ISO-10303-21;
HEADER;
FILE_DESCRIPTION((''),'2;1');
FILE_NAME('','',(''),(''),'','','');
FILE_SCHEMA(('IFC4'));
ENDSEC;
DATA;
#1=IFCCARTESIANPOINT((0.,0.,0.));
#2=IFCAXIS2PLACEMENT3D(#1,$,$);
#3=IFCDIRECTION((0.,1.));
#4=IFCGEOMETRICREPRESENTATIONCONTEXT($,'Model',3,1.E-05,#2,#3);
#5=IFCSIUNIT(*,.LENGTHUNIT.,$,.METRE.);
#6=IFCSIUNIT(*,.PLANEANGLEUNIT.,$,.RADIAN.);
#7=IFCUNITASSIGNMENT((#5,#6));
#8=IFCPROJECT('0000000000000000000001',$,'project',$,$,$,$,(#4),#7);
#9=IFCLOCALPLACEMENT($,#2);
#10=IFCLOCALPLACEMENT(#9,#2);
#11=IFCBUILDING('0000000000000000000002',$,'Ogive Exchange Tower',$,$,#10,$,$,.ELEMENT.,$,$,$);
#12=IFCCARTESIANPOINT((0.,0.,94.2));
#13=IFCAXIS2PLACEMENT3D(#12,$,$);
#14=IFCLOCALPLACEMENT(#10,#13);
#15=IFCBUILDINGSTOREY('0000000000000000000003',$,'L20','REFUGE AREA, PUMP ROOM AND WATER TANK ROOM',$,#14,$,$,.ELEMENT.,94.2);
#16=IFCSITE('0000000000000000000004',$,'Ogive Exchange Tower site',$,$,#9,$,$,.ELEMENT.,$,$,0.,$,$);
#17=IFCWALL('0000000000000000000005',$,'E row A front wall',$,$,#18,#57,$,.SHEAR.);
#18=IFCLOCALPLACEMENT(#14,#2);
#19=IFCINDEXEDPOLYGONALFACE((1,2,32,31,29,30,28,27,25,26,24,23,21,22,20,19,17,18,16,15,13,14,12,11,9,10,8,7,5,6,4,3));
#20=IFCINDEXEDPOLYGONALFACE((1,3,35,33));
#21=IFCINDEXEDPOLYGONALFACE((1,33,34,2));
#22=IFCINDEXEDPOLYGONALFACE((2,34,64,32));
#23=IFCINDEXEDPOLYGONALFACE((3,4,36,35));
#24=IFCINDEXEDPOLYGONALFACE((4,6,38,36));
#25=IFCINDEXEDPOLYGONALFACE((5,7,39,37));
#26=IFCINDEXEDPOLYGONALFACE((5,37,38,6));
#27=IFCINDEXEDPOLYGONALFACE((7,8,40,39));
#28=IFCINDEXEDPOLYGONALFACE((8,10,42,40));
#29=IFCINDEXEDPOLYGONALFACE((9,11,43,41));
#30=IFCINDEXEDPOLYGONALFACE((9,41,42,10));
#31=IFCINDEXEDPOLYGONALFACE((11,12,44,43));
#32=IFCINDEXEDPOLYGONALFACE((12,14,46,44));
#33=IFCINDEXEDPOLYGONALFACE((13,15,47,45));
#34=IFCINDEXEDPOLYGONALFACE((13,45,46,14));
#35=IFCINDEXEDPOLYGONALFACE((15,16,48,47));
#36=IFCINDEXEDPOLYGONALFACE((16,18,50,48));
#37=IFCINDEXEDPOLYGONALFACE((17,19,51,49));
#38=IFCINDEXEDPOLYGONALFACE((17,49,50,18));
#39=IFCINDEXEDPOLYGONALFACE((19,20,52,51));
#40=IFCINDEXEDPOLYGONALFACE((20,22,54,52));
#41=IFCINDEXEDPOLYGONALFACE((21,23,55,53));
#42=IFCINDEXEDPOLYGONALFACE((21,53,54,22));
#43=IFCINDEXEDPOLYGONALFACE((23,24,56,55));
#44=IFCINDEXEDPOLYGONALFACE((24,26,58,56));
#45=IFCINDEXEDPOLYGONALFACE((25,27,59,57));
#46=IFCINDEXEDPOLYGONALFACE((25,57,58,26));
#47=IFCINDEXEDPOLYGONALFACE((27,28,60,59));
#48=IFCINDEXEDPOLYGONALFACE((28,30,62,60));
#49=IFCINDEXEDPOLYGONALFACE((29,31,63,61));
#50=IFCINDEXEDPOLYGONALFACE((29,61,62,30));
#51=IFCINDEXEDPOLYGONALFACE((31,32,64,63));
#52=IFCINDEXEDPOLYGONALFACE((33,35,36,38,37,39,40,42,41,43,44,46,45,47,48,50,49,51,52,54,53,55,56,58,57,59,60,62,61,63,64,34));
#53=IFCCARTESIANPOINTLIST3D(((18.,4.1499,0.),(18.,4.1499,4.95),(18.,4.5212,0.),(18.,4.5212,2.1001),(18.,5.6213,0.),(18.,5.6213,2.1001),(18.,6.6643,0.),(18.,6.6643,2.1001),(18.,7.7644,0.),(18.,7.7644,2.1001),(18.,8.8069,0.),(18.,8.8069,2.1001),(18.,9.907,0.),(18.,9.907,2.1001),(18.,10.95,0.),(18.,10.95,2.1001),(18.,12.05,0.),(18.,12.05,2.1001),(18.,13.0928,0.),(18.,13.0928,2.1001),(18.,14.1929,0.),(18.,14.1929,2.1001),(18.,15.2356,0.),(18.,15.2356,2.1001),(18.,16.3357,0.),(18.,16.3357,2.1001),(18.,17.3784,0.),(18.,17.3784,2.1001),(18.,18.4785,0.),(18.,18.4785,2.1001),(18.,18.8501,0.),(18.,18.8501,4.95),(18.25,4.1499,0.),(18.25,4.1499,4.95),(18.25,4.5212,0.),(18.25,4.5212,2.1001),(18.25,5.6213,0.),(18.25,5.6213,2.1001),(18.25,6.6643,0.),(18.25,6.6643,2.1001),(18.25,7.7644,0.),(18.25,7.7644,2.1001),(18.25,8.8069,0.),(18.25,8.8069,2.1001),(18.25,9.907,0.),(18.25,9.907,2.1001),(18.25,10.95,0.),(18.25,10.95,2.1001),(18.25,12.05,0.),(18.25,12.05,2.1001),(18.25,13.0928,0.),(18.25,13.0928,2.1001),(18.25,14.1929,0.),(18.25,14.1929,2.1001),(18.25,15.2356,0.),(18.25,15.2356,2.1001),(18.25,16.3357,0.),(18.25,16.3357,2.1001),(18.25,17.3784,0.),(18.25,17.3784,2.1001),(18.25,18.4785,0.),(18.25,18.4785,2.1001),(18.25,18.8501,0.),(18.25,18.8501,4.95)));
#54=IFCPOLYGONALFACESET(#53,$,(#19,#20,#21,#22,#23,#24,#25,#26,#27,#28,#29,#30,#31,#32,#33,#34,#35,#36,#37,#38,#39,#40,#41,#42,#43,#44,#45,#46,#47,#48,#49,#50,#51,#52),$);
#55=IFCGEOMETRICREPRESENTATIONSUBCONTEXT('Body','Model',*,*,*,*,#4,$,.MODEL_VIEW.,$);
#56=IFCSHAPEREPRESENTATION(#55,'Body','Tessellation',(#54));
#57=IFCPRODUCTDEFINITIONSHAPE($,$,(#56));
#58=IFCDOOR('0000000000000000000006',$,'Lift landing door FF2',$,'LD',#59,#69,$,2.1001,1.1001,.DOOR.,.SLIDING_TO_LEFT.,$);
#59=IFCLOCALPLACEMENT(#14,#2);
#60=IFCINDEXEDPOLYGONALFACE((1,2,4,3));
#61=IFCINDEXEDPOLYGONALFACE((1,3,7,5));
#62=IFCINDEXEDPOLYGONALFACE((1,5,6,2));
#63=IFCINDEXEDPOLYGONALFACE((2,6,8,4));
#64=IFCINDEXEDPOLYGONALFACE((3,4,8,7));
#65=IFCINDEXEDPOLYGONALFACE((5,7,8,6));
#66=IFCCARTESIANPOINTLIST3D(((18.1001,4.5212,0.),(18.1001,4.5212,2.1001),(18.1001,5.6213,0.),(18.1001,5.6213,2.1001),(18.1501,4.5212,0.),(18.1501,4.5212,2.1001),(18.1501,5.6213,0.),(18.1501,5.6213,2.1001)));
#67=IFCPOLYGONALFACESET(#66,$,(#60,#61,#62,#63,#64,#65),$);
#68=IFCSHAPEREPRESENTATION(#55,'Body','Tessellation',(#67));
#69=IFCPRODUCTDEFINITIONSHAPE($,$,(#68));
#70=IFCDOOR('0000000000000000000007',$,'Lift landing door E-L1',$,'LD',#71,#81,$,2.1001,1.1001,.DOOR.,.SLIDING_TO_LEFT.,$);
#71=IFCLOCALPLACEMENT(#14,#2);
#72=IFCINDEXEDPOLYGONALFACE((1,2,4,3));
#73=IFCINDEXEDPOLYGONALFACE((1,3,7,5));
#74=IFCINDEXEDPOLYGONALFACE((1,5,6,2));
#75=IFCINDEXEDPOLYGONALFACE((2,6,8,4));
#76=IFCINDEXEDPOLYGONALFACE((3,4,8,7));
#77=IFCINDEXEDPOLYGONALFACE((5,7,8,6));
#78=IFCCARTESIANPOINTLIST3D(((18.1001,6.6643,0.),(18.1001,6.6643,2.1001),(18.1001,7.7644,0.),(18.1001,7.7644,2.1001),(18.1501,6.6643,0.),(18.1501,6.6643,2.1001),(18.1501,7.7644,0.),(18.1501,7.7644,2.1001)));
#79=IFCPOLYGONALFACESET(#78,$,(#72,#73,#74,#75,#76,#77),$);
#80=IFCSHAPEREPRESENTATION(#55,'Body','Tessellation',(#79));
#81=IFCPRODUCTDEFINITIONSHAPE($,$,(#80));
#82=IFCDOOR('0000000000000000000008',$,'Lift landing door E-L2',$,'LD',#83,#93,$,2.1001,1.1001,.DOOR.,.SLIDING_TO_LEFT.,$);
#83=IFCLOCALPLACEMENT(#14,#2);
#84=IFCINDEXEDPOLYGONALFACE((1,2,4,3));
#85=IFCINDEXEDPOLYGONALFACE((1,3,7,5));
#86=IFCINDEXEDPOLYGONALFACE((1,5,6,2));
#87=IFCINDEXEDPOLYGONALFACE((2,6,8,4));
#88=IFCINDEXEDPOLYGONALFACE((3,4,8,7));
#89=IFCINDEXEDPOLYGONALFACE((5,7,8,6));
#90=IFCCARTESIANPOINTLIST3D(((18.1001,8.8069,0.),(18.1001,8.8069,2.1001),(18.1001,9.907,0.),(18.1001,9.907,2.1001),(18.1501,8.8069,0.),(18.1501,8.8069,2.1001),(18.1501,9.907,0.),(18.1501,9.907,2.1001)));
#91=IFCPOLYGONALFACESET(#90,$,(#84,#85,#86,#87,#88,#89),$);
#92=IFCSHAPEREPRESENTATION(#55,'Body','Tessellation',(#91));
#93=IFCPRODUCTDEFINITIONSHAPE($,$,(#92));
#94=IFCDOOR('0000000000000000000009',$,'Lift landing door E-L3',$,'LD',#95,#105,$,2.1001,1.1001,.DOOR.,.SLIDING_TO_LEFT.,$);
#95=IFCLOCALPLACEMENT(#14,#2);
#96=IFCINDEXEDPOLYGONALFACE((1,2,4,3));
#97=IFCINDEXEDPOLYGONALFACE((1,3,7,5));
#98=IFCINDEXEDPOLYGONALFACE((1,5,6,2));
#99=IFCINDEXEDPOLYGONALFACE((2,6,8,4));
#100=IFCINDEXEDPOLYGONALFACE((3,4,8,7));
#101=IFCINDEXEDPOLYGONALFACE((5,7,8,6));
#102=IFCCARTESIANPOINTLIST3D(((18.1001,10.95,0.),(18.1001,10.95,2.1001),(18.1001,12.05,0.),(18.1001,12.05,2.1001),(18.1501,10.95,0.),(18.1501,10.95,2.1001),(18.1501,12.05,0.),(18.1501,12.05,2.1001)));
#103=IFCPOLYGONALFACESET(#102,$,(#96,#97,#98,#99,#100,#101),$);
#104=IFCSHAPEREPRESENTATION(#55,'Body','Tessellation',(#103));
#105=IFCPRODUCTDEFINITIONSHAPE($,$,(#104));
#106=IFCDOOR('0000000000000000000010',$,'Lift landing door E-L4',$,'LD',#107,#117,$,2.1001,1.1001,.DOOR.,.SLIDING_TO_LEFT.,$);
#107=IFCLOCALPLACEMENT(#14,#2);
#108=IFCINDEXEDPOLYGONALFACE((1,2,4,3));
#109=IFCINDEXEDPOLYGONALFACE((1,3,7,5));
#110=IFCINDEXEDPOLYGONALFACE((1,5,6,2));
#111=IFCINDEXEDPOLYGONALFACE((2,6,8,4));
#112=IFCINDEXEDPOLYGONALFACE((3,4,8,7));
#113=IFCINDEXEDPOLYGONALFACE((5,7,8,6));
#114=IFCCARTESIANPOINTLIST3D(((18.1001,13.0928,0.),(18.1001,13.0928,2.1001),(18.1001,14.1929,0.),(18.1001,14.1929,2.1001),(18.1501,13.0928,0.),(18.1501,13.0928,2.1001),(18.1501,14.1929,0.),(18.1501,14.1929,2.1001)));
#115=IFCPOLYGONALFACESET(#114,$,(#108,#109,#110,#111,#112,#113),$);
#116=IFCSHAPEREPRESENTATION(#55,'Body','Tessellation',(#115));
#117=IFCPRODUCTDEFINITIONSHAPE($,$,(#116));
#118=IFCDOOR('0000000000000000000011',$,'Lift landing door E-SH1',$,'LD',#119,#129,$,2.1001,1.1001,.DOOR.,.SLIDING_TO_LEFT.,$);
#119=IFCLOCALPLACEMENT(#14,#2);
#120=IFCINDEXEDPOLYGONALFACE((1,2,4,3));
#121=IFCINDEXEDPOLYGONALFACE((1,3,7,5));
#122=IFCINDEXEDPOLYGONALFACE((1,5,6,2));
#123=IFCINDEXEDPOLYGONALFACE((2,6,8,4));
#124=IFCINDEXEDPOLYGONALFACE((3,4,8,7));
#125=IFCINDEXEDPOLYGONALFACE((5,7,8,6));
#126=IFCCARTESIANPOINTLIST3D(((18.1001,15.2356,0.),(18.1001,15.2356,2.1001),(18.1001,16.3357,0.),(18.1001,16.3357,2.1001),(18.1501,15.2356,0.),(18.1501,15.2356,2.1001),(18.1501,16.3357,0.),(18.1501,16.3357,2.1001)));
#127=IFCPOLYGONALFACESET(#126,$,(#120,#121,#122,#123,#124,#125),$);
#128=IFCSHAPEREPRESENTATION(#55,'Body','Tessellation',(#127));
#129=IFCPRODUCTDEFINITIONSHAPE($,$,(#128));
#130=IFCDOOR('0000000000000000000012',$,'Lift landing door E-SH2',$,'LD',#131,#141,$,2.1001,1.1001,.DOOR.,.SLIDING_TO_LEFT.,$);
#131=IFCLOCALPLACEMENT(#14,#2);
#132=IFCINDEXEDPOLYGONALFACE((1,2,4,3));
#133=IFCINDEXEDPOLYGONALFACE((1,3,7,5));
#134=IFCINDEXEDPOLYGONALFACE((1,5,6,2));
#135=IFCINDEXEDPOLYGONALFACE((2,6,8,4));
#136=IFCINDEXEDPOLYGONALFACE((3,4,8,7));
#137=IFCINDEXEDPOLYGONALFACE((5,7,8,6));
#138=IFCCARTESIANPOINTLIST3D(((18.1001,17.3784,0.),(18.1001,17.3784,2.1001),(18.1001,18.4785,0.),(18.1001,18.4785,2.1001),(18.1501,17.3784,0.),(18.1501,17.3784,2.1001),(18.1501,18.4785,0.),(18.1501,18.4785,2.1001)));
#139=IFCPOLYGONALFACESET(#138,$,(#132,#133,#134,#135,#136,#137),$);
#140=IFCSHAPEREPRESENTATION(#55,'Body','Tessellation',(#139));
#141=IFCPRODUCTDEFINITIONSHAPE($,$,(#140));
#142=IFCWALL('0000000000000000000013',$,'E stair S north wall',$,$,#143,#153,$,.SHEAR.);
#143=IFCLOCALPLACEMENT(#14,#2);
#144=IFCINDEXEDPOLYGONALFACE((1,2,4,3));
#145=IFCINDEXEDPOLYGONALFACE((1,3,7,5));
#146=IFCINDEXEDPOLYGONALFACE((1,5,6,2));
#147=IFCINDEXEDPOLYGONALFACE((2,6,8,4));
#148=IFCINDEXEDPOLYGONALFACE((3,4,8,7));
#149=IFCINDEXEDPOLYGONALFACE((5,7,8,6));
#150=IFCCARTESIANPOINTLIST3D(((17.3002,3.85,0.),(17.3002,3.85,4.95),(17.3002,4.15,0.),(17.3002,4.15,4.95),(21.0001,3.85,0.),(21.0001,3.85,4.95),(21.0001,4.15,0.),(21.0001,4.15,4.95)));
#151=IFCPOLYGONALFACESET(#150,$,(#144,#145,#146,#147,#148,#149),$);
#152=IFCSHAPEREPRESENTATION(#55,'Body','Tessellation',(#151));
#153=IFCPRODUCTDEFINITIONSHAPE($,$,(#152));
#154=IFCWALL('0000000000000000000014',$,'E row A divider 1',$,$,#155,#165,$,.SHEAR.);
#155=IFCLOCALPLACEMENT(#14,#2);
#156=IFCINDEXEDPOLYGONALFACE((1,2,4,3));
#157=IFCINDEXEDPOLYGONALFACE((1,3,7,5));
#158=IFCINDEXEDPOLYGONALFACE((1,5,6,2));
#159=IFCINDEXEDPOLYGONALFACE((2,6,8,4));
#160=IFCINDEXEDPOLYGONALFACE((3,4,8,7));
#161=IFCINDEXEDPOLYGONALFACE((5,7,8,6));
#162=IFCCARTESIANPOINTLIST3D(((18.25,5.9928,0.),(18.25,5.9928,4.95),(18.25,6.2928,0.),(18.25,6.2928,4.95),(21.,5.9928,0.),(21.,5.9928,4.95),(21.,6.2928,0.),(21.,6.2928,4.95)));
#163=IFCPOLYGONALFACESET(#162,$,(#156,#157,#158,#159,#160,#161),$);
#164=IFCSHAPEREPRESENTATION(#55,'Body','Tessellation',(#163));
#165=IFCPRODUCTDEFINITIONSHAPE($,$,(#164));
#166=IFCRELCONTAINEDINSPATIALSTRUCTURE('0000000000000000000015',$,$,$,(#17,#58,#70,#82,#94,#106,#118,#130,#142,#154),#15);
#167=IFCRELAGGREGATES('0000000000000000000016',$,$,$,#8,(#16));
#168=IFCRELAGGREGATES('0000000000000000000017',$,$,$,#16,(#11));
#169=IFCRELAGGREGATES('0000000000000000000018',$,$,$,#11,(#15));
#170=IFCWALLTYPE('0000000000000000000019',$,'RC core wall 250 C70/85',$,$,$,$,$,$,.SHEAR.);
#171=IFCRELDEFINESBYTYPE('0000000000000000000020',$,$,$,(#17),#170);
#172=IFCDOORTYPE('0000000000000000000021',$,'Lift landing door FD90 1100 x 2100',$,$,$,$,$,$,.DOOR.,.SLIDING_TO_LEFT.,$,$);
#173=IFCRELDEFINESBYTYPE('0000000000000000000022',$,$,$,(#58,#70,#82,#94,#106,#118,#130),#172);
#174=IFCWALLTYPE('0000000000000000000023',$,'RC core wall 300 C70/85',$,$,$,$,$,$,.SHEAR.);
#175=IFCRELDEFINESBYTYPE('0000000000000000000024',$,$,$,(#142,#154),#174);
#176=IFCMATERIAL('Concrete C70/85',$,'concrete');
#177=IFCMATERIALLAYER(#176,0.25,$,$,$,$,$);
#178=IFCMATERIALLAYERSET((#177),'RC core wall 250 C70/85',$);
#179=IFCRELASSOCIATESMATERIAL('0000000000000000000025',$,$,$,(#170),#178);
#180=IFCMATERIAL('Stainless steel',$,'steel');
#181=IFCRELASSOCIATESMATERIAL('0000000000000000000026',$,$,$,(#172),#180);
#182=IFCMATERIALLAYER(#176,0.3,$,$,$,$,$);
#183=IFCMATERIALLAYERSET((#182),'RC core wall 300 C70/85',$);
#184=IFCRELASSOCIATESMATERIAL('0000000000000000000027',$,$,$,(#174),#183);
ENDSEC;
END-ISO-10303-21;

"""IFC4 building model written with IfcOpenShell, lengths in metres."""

from ifc_helpers import new_model, si_unit, direction, frame, frame_2d, origin, place, context, subcontext, project, spatial, rectangle, extrude, material, layer, layer_set, type_object, element, fill, save


model = new_model("IFC4")

# Units and contexts
model_context = context("Model", 3, precision=1e-05, world=origin(), true_north=direction((0.0, 1.0)))
body_context = subcontext(model_context, "Body", "Model", "MODEL_VIEW")
ifc_project = project(units=[si_unit("LENGTHUNIT", "METRE"), si_unit("PLANEANGLEUNIT", "RADIAN")], contexts=[model_context])

# Site, building, storey
site_placement = place(None, origin())
site = spatial("IfcSite", under=ifc_project, at=site_placement, Name="Ogive Exchange Tower site", CompositionType="ELEMENT", RefElevation=0.0)
building_placement = place(site_placement, origin())
building = spatial("IfcBuilding", under=site, at=building_placement, Name="Ogive Exchange Tower", CompositionType="ELEMENT")
storey_placement = place(building_placement, frame((0.0, 0.0, 94.2)))
storey = spatial("IfcBuildingStorey", under=building, at=storey_placement, Name="L20", Description="REFUGE AREA, PUMP ROOM AND WATER TANK ROOM", CompositionType="ELEMENT", Elevation=94.2)

# Shared definitions
ifc_material_1 = material(Name="Concrete C70/85", Category="concrete")

# Wall, openings, doors
ifc_layer_1 = layer(ifc_material_1, 0.25)
ifc_layer_set_1 = layer_set([ifc_layer_1], Name="RC core wall 250 C70/85")
wall_type_1 = type_object("IfcWallType", Name="RC core wall 250 C70/85", PredefinedType="SHEAR", material=ifc_layer_set_1)
wall_1_placement = place(storey_placement, frame((18.125, 4.1499, 0.0), z_axis=(0.0, 0.0, 1.0), x_axis=(0.0, 1.0, 0.0)))
wall_1 = element("IfcWall", 1, at=wall_1_placement, inside=storey, type_object=wall_type_1, Name="E row A front wall", PredefinedType="SHEAR", context=body_context, shape_type="SweptSolid", body=[
    extrude(rectangle(XDim=14.7002, YDim=0.25, at=frame_2d((7.3501, 0.0))), origin(), (0.0, 0.0, 1.0), 4.95),
])
opening_1_placement = place(wall_1_placement, frame((0.3713, 0.0, 0.0)))
opening_1 = element("IfcOpeningElement", 2, at=opening_1_placement, cuts=wall_1, PredefinedType="OPENING", context=body_context, shape_type="SweptSolid", body=[
    extrude(rectangle(XDim=1.1001, YDim=2.1001, at=frame_2d((0.55, 1.05))), frame((0.0, 0.135, 0.0), z_axis=(0.0, -1.0, 0.0), x_axis=(1.0, 0.0, 0.0)), (0.0, 0.0, 1.0), 0.27),
])
opening_2_placement = place(wall_1_placement, frame((2.5144, 0.0, 0.0)))
opening_2 = element("IfcOpeningElement", 3, at=opening_2_placement, cuts=wall_1, PredefinedType="OPENING", context=body_context, shape_type="SweptSolid", body=[
    extrude(rectangle(XDim=1.1001, YDim=2.1001, at=frame_2d((0.55, 1.05))), frame((0.0, 0.135, 0.0), z_axis=(0.0, -1.0, 0.0), x_axis=(1.0, 0.0, 0.0)), (0.0, 0.0, 1.0), 0.27),
])
opening_3_placement = place(wall_1_placement, frame((4.657, 0.0, 0.0)))
opening_3 = element("IfcOpeningElement", 4, at=opening_3_placement, cuts=wall_1, PredefinedType="OPENING", context=body_context, shape_type="SweptSolid", body=[
    extrude(rectangle(XDim=1.1001, YDim=2.1001, at=frame_2d((0.55, 1.05))), frame((0.0, 0.135, 0.0), z_axis=(0.0, -1.0, 0.0), x_axis=(1.0, 0.0, 0.0)), (0.0, 0.0, 1.0), 0.27),
])
opening_4_placement = place(wall_1_placement, frame((6.8, 0.0, 0.0)))
opening_4 = element("IfcOpeningElement", 5, at=opening_4_placement, cuts=wall_1, PredefinedType="OPENING", context=body_context, shape_type="SweptSolid", body=[
    extrude(rectangle(XDim=1.1001, YDim=2.1001, at=frame_2d((0.55, 1.05))), frame((0.0, 0.135, 0.0), z_axis=(0.0, -1.0, 0.0), x_axis=(1.0, 0.0, 0.0)), (0.0, 0.0, 1.0), 0.27),
])
opening_5_placement = place(wall_1_placement, frame((8.9429, 0.0, 0.0)))
opening_5 = element("IfcOpeningElement", 6, at=opening_5_placement, cuts=wall_1, PredefinedType="OPENING", context=body_context, shape_type="SweptSolid", body=[
    extrude(rectangle(XDim=1.1001, YDim=2.1001, at=frame_2d((0.55, 1.05))), frame((0.0, 0.135, 0.0), z_axis=(0.0, -1.0, 0.0), x_axis=(1.0, 0.0, 0.0)), (0.0, 0.0, 1.0), 0.27),
])
opening_6_placement = place(wall_1_placement, frame((11.0857, 0.0, 0.0)))
opening_6 = element("IfcOpeningElement", 7, at=opening_6_placement, cuts=wall_1, PredefinedType="OPENING", context=body_context, shape_type="SweptSolid", body=[
    extrude(rectangle(XDim=1.1001, YDim=2.1001, at=frame_2d((0.55, 1.05))), frame((0.0, 0.135, 0.0), z_axis=(0.0, -1.0, 0.0), x_axis=(1.0, 0.0, 0.0)), (0.0, 0.0, 1.0), 0.27),
])
opening_7_placement = place(wall_1_placement, frame((13.2285, 0.0, 0.0)))
opening_7 = element("IfcOpeningElement", 8, at=opening_7_placement, cuts=wall_1, PredefinedType="OPENING", context=body_context, shape_type="SweptSolid", body=[
    extrude(rectangle(XDim=1.1001, YDim=2.1001, at=frame_2d((0.55, 1.05))), frame((0.0, 0.135, 0.0), z_axis=(0.0, -1.0, 0.0), x_axis=(1.0, 0.0, 0.0)), (0.0, 0.0, 1.0), 0.27),
])
ifc_material_2 = material(Name="Stainless steel", Category="steel")
door_type_1 = type_object("IfcDoorType", Name="Lift landing door FD90 1100 x 2100", OperationType="SLIDING_TO_LEFT", PredefinedType="DOOR", material=ifc_material_2)
door_1_placement = place(opening_1_placement, origin())
door_1 = element("IfcDoor", 9, at=door_1_placement, inside=storey, type_object=door_type_1, Name="Lift landing door FF2", ObjectType="LD", OperationType="SLIDING_TO_LEFT", OverallHeight=2.1001, OverallWidth=1.1001, PredefinedType="DOOR", context=body_context, shape_type="SweptSolid", body=[
    extrude(rectangle(XDim=1.1001, YDim=2.1001, at=frame_2d((0.55, 1.05))), frame((0.0, 0.0249, 0.0), z_axis=(0.0, -1.0, 0.0), x_axis=(1.0, 0.0, 0.0)), (0.0, 0.0, 1.0), 0.05),
])
fill(opening_1, door_1)
door_2_placement = place(opening_2_placement, origin())
door_2 = element("IfcDoor", 10, at=door_2_placement, inside=storey, type_object=door_type_1, Name="Lift landing door E-L1", ObjectType="LD", OperationType="SLIDING_TO_LEFT", OverallHeight=2.1001, OverallWidth=1.1001, PredefinedType="DOOR", context=body_context, shape_type="SweptSolid", body=[
    extrude(rectangle(XDim=1.1001, YDim=2.1001, at=frame_2d((0.55, 1.05))), frame((0.0, 0.0249, 0.0), z_axis=(0.0, -1.0, 0.0), x_axis=(1.0, 0.0, 0.0)), (0.0, 0.0, 1.0), 0.05),
])
fill(opening_2, door_2)
door_3_placement = place(opening_3_placement, origin())
door_3 = element("IfcDoor", 11, at=door_3_placement, inside=storey, type_object=door_type_1, Name="Lift landing door E-L2", ObjectType="LD", OperationType="SLIDING_TO_LEFT", OverallHeight=2.1001, OverallWidth=1.1001, PredefinedType="DOOR", context=body_context, shape_type="SweptSolid", body=[
    extrude(rectangle(XDim=1.1001, YDim=2.1001, at=frame_2d((0.55, 1.05))), frame((0.0, 0.0249, 0.0), z_axis=(0.0, -1.0, 0.0), x_axis=(1.0, 0.0, 0.0)), (0.0, 0.0, 1.0), 0.05),
])
fill(opening_3, door_3)
door_4_placement = place(opening_4_placement, origin())
door_4 = element("IfcDoor", 12, at=door_4_placement, inside=storey, type_object=door_type_1, Name="Lift landing door E-L3", ObjectType="LD", OperationType="SLIDING_TO_LEFT", OverallHeight=2.1001, OverallWidth=1.1001, PredefinedType="DOOR", context=body_context, shape_type="SweptSolid", body=[
    extrude(rectangle(XDim=1.1001, YDim=2.1001, at=frame_2d((0.55, 1.05))), frame((0.0, 0.0249, 0.0), z_axis=(0.0, -1.0, 0.0), x_axis=(1.0, 0.0, 0.0)), (0.0, 0.0, 1.0), 0.05),
])
fill(opening_4, door_4)
door_5_placement = place(opening_5_placement, origin())
door_5 = element("IfcDoor", 13, at=door_5_placement, inside=storey, type_object=door_type_1, Name="Lift landing door E-L4", ObjectType="LD", OperationType="SLIDING_TO_LEFT", OverallHeight=2.1001, OverallWidth=1.1001, PredefinedType="DOOR", context=body_context, shape_type="SweptSolid", body=[
    extrude(rectangle(XDim=1.1001, YDim=2.1001, at=frame_2d((0.55, 1.05))), frame((0.0, 0.0249, 0.0), z_axis=(0.0, -1.0, 0.0), x_axis=(1.0, 0.0, 0.0)), (0.0, 0.0, 1.0), 0.05),
])
fill(opening_5, door_5)
door_6_placement = place(opening_6_placement, origin())
door_6 = element("IfcDoor", 14, at=door_6_placement, inside=storey, type_object=door_type_1, Name="Lift landing door E-SH1", ObjectType="LD", OperationType="SLIDING_TO_LEFT", OverallHeight=2.1001, OverallWidth=1.1001, PredefinedType="DOOR", context=body_context, shape_type="SweptSolid", body=[
    extrude(rectangle(XDim=1.1001, YDim=2.1001, at=frame_2d((0.55, 1.05))), frame((0.0, 0.0249, 0.0), z_axis=(0.0, -1.0, 0.0), x_axis=(1.0, 0.0, 0.0)), (0.0, 0.0, 1.0), 0.05),
])
fill(opening_6, door_6)
door_7_placement = place(opening_7_placement, origin())
door_7 = element("IfcDoor", 15, at=door_7_placement, inside=storey, type_object=door_type_1, Name="Lift landing door E-SH2", ObjectType="LD", OperationType="SLIDING_TO_LEFT", OverallHeight=2.1001, OverallWidth=1.1001, PredefinedType="DOOR", context=body_context, shape_type="SweptSolid", body=[
    extrude(rectangle(XDim=1.1001, YDim=2.1001, at=frame_2d((0.55, 1.05))), frame((0.0, 0.0249, 0.0), z_axis=(0.0, -1.0, 0.0), x_axis=(1.0, 0.0, 0.0)), (0.0, 0.0, 1.0), 0.05),
])
fill(opening_7, door_7)

# Walls
ifc_layer_2 = layer(ifc_material_1, 0.3)
ifc_layer_set_2 = layer_set([ifc_layer_2], Name="RC core wall 300 C70/85")
wall_type_2 = type_object("IfcWallType", Name="RC core wall 300 C70/85", PredefinedType="SHEAR", material=ifc_layer_set_2)
wall_2_placement = place(storey_placement, frame((17.3, 4.0, 0.0), z_axis=(0.0, 0.0, 1.0), x_axis=(1.0, 0.0, 0.0)))
element("IfcWall", 16, at=wall_2_placement, inside=storey, type_object=wall_type_2, Name="E stair S north wall", PredefinedType="SHEAR", context=body_context, shape_type="SweptSolid", body=[
    extrude(rectangle(XDim=3.7, YDim=0.3, at=frame_2d((1.8501, 0.0))), origin(), (0.0, 0.0, 1.0), 4.95),
])
wall_3_placement = place(storey_placement, frame((18.25, 6.1428, 0.0), z_axis=(0.0, 0.0, 1.0), x_axis=(1.0, 0.0, 0.0)))
element("IfcWall", 17, at=wall_3_placement, inside=storey, type_object=wall_type_2, Name="E row A divider 1", PredefinedType="SHEAR", context=body_context, shape_type="SweptSolid", body=[
    extrude(rectangle(XDim=2.75, YDim=0.3, at=frame_2d((1.375, 0.0))), origin(), (0.0, 0.0, 1.0), 4.95),
])

save(model, "model.ifc")
